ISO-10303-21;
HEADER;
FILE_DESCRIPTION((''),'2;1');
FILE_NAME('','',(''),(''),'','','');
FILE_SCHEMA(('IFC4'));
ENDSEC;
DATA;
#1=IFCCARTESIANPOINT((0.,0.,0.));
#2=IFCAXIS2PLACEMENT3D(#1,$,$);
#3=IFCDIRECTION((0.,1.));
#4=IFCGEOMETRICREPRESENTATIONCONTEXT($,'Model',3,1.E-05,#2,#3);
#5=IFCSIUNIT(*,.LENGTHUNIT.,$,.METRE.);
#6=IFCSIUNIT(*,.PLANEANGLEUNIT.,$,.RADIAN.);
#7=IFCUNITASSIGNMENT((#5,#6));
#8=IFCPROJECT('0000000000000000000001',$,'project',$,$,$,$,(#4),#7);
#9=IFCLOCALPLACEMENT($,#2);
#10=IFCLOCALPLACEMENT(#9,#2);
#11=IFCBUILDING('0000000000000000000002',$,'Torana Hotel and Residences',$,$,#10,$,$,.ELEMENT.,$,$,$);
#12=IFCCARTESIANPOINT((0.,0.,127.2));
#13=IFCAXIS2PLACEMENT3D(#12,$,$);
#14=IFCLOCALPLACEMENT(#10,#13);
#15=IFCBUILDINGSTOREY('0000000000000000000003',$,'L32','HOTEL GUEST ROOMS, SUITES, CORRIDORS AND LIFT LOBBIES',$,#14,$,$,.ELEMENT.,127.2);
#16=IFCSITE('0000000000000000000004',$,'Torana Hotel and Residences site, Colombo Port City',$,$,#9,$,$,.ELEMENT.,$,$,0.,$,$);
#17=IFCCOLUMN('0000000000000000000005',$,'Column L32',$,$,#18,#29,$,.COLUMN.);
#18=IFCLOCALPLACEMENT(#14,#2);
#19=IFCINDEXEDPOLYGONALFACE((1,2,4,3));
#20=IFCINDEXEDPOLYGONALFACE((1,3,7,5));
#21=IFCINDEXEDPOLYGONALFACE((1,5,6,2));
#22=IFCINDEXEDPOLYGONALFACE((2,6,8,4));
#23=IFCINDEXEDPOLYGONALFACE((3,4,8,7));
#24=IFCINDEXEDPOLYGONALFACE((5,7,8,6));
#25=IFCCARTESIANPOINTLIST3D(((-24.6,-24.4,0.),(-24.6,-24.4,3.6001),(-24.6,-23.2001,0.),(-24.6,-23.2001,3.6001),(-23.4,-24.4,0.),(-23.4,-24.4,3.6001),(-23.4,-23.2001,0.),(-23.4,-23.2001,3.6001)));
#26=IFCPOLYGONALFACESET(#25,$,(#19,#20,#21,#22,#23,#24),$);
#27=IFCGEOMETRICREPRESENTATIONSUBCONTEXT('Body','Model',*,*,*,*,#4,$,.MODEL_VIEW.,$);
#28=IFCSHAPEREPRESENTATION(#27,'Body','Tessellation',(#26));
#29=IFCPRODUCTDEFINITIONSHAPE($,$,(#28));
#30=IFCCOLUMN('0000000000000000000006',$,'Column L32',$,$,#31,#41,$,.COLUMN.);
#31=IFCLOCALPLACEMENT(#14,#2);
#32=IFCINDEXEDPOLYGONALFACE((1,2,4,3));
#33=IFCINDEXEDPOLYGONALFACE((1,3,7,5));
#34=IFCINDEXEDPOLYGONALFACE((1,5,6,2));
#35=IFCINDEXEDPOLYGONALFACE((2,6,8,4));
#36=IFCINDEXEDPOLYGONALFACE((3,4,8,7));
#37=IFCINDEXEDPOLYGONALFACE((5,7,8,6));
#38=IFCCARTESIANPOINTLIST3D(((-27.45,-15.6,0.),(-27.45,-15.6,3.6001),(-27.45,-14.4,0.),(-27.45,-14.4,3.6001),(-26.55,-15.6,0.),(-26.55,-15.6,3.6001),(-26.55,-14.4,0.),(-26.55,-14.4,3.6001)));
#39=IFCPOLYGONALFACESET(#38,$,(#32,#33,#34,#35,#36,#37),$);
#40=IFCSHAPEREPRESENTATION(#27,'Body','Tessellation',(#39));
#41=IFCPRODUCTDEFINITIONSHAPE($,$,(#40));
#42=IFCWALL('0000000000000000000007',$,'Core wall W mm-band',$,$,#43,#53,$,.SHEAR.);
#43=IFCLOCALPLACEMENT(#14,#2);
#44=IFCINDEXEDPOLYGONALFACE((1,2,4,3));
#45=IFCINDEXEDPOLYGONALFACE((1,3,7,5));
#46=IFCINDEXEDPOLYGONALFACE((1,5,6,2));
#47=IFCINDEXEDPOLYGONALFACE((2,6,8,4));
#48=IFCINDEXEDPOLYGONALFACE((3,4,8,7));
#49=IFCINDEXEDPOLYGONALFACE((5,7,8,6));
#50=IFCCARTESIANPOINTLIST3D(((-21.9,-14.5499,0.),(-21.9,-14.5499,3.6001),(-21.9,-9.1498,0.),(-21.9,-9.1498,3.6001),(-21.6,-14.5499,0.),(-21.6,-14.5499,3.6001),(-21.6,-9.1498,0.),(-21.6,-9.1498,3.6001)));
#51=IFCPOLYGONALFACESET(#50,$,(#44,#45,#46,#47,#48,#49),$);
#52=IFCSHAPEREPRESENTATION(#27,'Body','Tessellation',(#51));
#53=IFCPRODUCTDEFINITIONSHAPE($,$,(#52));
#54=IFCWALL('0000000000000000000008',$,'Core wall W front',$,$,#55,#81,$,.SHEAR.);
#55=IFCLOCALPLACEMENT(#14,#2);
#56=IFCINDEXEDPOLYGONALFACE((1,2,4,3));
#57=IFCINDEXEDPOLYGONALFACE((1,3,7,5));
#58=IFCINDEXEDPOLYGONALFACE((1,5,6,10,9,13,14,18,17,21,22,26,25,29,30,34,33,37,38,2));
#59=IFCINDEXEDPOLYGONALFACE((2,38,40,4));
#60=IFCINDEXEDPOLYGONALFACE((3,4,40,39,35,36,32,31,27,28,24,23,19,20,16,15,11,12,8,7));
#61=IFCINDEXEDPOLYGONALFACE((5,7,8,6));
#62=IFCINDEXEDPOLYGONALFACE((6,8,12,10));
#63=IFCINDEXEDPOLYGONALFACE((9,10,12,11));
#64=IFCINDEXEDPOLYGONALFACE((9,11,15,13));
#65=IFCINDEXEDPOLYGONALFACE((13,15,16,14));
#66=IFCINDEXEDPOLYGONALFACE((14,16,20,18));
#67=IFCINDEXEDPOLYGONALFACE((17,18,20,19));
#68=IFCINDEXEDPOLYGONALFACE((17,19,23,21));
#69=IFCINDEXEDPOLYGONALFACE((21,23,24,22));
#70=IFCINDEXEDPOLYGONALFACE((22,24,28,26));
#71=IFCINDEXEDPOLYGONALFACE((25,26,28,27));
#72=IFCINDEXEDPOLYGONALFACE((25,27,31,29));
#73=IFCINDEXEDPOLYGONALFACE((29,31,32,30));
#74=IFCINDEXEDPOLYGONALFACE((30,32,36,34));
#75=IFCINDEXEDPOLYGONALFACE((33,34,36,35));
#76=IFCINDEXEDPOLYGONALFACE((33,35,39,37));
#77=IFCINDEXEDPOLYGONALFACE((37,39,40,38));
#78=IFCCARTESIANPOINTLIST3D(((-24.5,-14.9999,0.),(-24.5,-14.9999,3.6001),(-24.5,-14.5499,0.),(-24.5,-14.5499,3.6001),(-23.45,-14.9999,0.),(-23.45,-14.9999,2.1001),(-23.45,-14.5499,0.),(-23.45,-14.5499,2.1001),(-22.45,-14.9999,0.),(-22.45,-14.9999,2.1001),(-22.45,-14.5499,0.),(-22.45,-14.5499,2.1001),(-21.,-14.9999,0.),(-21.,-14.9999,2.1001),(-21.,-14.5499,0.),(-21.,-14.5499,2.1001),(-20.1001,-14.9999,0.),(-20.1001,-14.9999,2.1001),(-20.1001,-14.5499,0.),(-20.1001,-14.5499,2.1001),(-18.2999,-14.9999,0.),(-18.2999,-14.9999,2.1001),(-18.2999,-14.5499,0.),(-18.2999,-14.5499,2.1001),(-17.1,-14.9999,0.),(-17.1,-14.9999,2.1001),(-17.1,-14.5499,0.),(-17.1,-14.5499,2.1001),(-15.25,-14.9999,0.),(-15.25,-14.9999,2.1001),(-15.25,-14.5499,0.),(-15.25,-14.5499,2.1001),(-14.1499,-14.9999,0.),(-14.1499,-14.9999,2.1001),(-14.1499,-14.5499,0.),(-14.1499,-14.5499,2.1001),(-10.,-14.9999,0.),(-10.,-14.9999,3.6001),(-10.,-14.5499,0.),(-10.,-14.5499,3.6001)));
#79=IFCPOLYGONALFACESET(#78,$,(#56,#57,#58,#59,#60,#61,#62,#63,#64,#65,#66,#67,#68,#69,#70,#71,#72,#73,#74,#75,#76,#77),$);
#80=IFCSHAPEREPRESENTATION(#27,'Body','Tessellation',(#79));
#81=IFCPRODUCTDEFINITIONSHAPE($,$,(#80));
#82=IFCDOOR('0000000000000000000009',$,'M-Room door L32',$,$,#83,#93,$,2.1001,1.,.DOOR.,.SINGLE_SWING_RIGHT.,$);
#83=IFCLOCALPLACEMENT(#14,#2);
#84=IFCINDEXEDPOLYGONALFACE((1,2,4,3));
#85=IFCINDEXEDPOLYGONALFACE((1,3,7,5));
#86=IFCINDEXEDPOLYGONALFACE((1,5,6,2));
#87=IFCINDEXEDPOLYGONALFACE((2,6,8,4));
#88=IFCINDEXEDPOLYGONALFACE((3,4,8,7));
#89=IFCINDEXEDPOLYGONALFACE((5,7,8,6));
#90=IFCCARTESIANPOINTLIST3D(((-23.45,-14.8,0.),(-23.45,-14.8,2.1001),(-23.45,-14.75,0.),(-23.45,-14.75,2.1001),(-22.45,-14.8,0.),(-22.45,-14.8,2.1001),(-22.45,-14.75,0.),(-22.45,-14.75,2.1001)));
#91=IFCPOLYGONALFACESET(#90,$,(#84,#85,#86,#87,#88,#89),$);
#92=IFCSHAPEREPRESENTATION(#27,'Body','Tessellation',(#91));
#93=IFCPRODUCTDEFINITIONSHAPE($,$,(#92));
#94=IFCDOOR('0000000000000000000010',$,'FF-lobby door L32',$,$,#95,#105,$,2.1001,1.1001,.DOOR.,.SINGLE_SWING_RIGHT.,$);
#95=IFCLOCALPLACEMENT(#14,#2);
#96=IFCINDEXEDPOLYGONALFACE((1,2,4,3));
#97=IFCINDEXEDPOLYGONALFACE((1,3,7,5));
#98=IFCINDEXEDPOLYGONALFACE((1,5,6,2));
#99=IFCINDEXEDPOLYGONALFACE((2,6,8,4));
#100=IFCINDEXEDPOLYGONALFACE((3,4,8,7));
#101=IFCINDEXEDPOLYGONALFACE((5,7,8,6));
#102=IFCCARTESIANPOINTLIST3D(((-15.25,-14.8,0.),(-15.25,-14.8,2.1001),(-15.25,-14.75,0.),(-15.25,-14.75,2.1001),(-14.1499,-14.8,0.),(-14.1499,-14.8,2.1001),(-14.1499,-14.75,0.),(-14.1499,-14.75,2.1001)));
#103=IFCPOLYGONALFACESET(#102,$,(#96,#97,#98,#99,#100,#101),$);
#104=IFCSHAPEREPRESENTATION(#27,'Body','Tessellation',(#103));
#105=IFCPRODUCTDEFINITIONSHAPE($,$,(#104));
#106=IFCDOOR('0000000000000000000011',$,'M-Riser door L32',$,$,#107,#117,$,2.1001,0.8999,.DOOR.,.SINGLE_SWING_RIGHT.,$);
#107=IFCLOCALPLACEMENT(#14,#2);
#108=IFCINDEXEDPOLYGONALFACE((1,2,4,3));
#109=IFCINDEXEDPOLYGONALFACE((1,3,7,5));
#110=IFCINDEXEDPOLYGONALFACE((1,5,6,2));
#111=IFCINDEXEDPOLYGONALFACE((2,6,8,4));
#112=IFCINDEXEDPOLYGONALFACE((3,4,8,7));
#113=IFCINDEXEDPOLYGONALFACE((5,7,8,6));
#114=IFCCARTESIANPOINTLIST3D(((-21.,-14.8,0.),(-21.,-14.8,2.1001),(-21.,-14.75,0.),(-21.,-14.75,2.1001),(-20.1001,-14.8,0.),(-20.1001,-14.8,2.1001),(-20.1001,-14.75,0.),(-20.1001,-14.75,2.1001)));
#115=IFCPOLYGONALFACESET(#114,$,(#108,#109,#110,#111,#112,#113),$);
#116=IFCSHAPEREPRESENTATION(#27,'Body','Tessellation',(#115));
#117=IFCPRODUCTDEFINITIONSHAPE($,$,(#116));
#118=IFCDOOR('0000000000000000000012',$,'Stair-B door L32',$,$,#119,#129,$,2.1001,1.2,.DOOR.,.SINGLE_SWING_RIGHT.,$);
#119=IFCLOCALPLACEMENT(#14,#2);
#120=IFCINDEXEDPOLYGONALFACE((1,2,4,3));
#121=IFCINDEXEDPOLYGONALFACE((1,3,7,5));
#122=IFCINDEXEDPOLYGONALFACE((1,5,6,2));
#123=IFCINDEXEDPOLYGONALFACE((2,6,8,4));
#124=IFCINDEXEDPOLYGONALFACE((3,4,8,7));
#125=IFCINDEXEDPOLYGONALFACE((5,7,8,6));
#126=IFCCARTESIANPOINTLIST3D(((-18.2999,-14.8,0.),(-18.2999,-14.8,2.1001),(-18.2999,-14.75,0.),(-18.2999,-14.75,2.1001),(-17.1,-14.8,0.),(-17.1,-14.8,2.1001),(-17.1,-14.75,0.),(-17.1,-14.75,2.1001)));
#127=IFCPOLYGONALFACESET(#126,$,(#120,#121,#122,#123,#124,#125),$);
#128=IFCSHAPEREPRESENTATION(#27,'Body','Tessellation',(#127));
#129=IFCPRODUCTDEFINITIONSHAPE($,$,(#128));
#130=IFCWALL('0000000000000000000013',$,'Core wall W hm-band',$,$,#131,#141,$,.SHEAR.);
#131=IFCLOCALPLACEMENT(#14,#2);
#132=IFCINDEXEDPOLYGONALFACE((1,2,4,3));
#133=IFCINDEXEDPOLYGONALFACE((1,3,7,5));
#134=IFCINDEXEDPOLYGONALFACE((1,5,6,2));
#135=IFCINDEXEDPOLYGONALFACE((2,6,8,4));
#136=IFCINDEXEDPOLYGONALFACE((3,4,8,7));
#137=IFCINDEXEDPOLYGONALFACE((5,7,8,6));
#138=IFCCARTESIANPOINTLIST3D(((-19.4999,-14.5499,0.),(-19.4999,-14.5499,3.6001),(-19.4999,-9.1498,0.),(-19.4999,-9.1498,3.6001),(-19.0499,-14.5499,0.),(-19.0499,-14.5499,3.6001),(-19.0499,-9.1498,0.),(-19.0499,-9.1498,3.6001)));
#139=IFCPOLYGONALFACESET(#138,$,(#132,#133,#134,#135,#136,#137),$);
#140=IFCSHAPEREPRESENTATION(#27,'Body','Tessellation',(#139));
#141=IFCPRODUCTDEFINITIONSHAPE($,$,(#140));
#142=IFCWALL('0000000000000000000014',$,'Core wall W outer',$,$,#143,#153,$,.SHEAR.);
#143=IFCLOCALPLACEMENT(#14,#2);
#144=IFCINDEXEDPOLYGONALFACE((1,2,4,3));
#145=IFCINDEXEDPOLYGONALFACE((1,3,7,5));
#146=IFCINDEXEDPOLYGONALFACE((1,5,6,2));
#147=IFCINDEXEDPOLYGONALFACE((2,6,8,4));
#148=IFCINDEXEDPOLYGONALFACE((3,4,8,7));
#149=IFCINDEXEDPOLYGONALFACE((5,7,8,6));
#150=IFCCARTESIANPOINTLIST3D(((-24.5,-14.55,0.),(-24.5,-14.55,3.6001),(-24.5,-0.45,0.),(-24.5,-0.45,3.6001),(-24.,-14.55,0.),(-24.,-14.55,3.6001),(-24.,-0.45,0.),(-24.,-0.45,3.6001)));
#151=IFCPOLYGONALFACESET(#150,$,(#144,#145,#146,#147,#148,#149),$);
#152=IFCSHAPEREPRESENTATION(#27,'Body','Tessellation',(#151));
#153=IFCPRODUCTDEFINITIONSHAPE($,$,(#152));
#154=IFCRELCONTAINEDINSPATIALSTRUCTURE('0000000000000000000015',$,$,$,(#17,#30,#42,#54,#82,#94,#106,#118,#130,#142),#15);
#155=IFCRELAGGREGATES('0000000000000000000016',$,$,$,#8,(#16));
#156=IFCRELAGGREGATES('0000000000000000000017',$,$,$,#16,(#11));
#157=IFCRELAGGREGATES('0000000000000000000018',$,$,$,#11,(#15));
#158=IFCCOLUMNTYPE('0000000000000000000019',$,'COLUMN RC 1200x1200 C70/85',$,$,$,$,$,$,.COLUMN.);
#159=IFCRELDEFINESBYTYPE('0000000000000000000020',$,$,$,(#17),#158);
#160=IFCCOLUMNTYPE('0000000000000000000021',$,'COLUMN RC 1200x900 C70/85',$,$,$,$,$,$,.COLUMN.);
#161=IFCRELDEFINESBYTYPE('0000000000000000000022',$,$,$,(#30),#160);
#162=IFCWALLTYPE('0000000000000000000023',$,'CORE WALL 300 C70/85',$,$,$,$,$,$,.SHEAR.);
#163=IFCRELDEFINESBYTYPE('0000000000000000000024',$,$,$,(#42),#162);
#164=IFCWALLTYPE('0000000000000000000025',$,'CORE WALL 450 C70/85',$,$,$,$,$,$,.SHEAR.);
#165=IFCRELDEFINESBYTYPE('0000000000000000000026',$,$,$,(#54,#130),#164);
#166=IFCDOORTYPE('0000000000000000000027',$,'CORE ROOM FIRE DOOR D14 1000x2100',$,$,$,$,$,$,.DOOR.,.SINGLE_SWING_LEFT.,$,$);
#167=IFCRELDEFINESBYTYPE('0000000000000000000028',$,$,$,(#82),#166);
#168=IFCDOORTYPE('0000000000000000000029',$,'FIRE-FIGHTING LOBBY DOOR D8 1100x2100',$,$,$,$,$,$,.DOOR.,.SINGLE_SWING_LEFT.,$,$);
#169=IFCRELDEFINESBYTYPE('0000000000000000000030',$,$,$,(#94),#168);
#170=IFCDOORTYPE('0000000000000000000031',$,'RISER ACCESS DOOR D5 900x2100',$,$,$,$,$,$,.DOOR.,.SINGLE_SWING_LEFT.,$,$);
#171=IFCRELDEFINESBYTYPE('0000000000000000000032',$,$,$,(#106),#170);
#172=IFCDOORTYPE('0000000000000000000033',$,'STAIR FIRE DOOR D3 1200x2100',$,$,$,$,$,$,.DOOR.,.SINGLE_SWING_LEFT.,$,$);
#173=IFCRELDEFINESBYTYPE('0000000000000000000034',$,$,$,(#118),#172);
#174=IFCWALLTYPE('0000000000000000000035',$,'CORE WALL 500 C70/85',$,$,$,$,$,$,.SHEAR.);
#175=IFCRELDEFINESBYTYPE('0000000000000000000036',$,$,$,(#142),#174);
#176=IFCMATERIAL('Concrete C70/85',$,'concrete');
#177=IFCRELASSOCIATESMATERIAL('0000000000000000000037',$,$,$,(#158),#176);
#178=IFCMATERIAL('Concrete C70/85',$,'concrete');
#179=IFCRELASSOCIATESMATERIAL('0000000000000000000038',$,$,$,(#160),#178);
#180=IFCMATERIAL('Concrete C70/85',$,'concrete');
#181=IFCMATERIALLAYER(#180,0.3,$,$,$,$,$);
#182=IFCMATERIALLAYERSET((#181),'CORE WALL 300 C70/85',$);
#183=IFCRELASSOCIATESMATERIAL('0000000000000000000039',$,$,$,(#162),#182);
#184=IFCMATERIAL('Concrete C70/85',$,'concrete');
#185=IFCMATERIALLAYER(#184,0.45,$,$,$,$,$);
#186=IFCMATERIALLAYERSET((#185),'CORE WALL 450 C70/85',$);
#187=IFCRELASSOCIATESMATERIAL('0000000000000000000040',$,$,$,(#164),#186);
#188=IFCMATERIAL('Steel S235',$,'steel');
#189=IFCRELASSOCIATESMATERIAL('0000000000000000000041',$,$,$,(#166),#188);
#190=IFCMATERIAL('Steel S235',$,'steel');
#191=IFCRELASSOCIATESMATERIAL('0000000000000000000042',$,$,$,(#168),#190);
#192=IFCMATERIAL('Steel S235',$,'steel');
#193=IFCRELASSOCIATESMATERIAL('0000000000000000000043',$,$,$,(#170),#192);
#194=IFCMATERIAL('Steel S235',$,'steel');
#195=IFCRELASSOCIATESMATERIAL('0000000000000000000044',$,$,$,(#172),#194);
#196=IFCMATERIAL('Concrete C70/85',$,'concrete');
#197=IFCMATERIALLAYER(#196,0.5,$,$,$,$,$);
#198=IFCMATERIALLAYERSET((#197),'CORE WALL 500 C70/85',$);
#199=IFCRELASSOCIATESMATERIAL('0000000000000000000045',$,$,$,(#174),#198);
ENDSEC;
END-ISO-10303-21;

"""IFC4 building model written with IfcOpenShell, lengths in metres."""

from ifc_helpers import new_model, si_unit, direction, frame, frame_2d, origin, origin_2d, place, context, subcontext, project, spatial, rectangle, extrude, material, layer, layer_set, material_profile, profile_set, type_object, element, fill, save


model = new_model("IFC4")

# Units and contexts
model_context = context("Model", 3, precision=1e-05, world=origin(), true_north=direction((0.0, 1.0)))
body_context = subcontext(model_context, "Body", "Model", "MODEL_VIEW")
ifc_project = project(units=[si_unit("LENGTHUNIT", "METRE"), si_unit("PLANEANGLEUNIT", "RADIAN")], contexts=[model_context])

# Site, building, storey
site_placement = place(None, origin())
site = spatial("IfcSite", under=ifc_project, at=site_placement, Name="Torana Hotel and Residences site, Colombo Port City", CompositionType="ELEMENT", RefElevation=0.0)
building_placement = place(site_placement, origin())
building = spatial("IfcBuilding", under=site, at=building_placement, Name="Torana Hotel and Residences", CompositionType="ELEMENT")
storey_placement = place(building_placement, frame((0.0, 0.0, 127.2)))
storey = spatial("IfcBuildingStorey", under=building, at=storey_placement, Name="L32", Description="HOTEL GUEST ROOMS, SUITES, CORRIDORS AND LIFT LOBBIES", CompositionType="ELEMENT", Elevation=127.2)

# Columns
ifc_material_1 = material(Name="Concrete C70/85", Category="concrete")
ifc_material_profile_1 = material_profile(ifc_material_1, rectangle(XDim=1.2, YDim=1.2, at=origin_2d()), Name="RC 1200x1200")
ifc_profile_set_1 = profile_set([ifc_material_profile_1], Name="Concrete C70/85")
column_type_1 = type_object("IfcColumnType", Name="COLUMN RC 1200x1200 C70/85", PredefinedType="COLUMN", material=ifc_profile_set_1)
column_1_placement = place(storey_placement, frame((-24.0, -23.8, 0.0), z_axis=(0.0, 0.0, 1.0), x_axis=(1.0, 0.0, 0.0)))
element("IfcColumn", 1, at=column_1_placement, inside=storey, type_object=column_type_1, Name="Column L32", PredefinedType="COLUMN", context=body_context, shape_type="SweptSolid", body=[
    extrude(rectangle(XDim=1.2, YDim=1.2, at=origin_2d()), origin(), (0.0, 0.0, 1.0), 3.6001),
])
ifc_material_2 = material(Name="Concrete C70/85", Category="concrete")
ifc_material_profile_2 = material_profile(ifc_material_2, rectangle(XDim=1.2, YDim=0.8999, at=origin_2d()), Name="RC 1200x900")
ifc_profile_set_2 = profile_set([ifc_material_profile_2], Name="Concrete C70/85")
column_type_2 = type_object("IfcColumnType", Name="COLUMN RC 1200x900 C70/85", PredefinedType="COLUMN", material=ifc_profile_set_2)
column_2_placement = place(storey_placement, frame((-27.0, -15.0, 0.0), z_axis=(0.0, 0.0, 1.0), x_axis=(0.0, 1.0, 0.0)))
element("IfcColumn", 2, at=column_2_placement, inside=storey, type_object=column_type_2, Name="Column L32", PredefinedType="COLUMN", context=body_context, shape_type="SweptSolid", body=[
    extrude(rectangle(XDim=1.2, YDim=0.8999, at=origin_2d()), origin(), (0.0, 0.0, 1.0), 3.6001),
])

# Wall
ifc_material_3 = material(Name="Concrete C70/85", Category="concrete")
ifc_layer_1 = layer(ifc_material_3, 0.3)
ifc_layer_set_1 = layer_set([ifc_layer_1], Name="CORE WALL 300 C70/85")
wall_type_1 = type_object("IfcWallType", Name="CORE WALL 300 C70/85", PredefinedType="SHEAR", material=ifc_layer_set_1)
wall_1_placement = place(storey_placement, frame((-21.75, -14.55, 0.0), z_axis=(0.0, 0.0, 1.0), x_axis=(0.0, 1.0, 0.0)))
element("IfcWall", 3, at=wall_1_placement, inside=storey, type_object=wall_type_1, Name="Core wall W mm-band", PredefinedType="SHEAR", context=body_context, shape_type="SweptSolid", body=[
    extrude(rectangle(XDim=5.4001, YDim=0.3, at=frame_2d((2.7002, 0.0))), origin(), (0.0, 0.0, 1.0), 3.6001),
])

# Wall, openings, doors
ifc_material_4 = material(Name="Concrete C70/85", Category="concrete")
ifc_layer_2 = layer(ifc_material_4, 0.45)
ifc_layer_set_2 = layer_set([ifc_layer_2], Name="CORE WALL 450 C70/85")
wall_type_2 = type_object("IfcWallType", Name="CORE WALL 450 C70/85", PredefinedType="SHEAR", material=ifc_layer_set_2)
wall_2_placement = place(storey_placement, frame((-24.5, -14.7749, 0.0), z_axis=(0.0, 0.0, 1.0), x_axis=(1.0, 0.0, 0.0)))
wall_2 = element("IfcWall", 4, at=wall_2_placement, inside=storey, type_object=wall_type_2, Name="Core wall W front", PredefinedType="SHEAR", context=body_context, shape_type="SweptSolid", body=[
    extrude(rectangle(XDim=14.5, YDim=0.45, at=frame_2d((7.25, 0.0))), origin(), (0.0, 0.0, 1.0), 3.6001),
])
opening_1_placement = place(wall_2_placement, frame((6.2, 0.0, 0.0)))
opening_1 = element("IfcOpeningElement", 5, at=opening_1_placement, cuts=wall_2, PredefinedType="OPENING", context=body_context, shape_type="SweptSolid", body=[
    extrude(rectangle(XDim=1.2, YDim=2.1001, at=frame_2d((0.6001, 1.05))), frame((0.0, 0.2349, 0.0), z_axis=(0.0, -1.0, 0.0), x_axis=(1.0, 0.0, 0.0)), (0.0, 0.0, 1.0), 0.47),
])
opening_2_placement = place(wall_2_placement, frame((9.25, 0.0, 0.0)))
opening_2 = element("IfcOpeningElement", 6, at=opening_2_placement, cuts=wall_2, PredefinedType="OPENING", context=body_context, shape_type="SweptSolid", body=[
    extrude(rectangle(XDim=1.1001, YDim=2.1001, at=frame_2d((0.55, 1.05))), frame((0.0, 0.2349, 0.0), z_axis=(0.0, -1.0, 0.0), x_axis=(1.0, 0.0, 0.0)), (0.0, 0.0, 1.0), 0.47),
])
opening_3_placement = place(wall_2_placement, frame((3.5, 0.0, 0.0)))
opening_3 = element("IfcOpeningElement", 7, at=opening_3_placement, cuts=wall_2, PredefinedType="OPENING", context=body_context, shape_type="SweptSolid", body=[
    extrude(rectangle(XDim=0.8999, YDim=2.1001, at=frame_2d((0.45, 1.05))), frame((0.0, 0.2349, 0.0), z_axis=(0.0, -1.0, 0.0), x_axis=(1.0, 0.0, 0.0)), (0.0, 0.0, 1.0), 0.47),
])
opening_4_placement = place(wall_2_placement, frame((1.05, 0.0, 0.0)))
opening_4 = element("IfcOpeningElement", 8, at=opening_4_placement, cuts=wall_2, PredefinedType="OPENING", context=body_context, shape_type="SweptSolid", body=[
    extrude(rectangle(XDim=1.0, YDim=2.1001, at=frame_2d((0.5, 1.05))), frame((0.0, 0.2349, 0.0), z_axis=(0.0, -1.0, 0.0), x_axis=(1.0, 0.0, 0.0)), (0.0, 0.0, 1.0), 0.47),
])
ifc_material_5 = material(Name="Steel S235", Category="steel")
door_type_1 = type_object("IfcDoorType", Name="CORE ROOM FIRE DOOR D14 1000x2100", OperationType="SINGLE_SWING_LEFT", PredefinedType="DOOR", material=ifc_material_5)
door_1_placement = place(opening_4_placement, origin())
door_1 = element("IfcDoor", 9, at=door_1_placement, inside=storey, type_object=door_type_1, Name="M-Room door L32", OperationType="SINGLE_SWING_RIGHT", OverallHeight=2.1001, OverallWidth=1.0, PredefinedType="DOOR", context=body_context, shape_type="SweptSolid", body=[
    extrude(rectangle(XDim=1.0, YDim=2.1001, at=frame_2d((0.5, 1.05))), frame((0.0, 0.0249, 0.0), z_axis=(0.0, -1.0, 0.0), x_axis=(1.0, 0.0, 0.0)), (0.0, 0.0, 1.0), 0.05),
])
fill(opening_4, door_1)
ifc_material_6 = material(Name="Steel S235", Category="steel")
door_type_2 = type_object("IfcDoorType", Name="FIRE-FIGHTING LOBBY DOOR D8 1100x2100", OperationType="SINGLE_SWING_LEFT", PredefinedType="DOOR", material=ifc_material_6)
door_2_placement = place(opening_2_placement, origin())
door_2 = element("IfcDoor", 10, at=door_2_placement, inside=storey, type_object=door_type_2, Name="FF-lobby door L32", OperationType="SINGLE_SWING_RIGHT", OverallHeight=2.1001, OverallWidth=1.1001, PredefinedType="DOOR", context=body_context, shape_type="SweptSolid", body=[
    extrude(rectangle(XDim=1.1001, YDim=2.1001, at=frame_2d((0.55, 1.05))), frame((0.0, 0.0249, 0.0), z_axis=(0.0, -1.0, 0.0), x_axis=(1.0, 0.0, 0.0)), (0.0, 0.0, 1.0), 0.05),
])
fill(opening_2, door_2)
ifc_material_7 = material(Name="Steel S235", Category="steel")
door_type_3 = type_object("IfcDoorType", Name="RISER ACCESS DOOR D5 900x2100", OperationType="SINGLE_SWING_LEFT", PredefinedType="DOOR", material=ifc_material_7)
door_3_placement = place(opening_3_placement, origin())
door_3 = element("IfcDoor", 11, at=door_3_placement, inside=storey, type_object=door_type_3, Name="M-Riser door L32", OperationType="SINGLE_SWING_RIGHT", OverallHeight=2.1001, OverallWidth=0.8999, PredefinedType="DOOR", context=body_context, shape_type="SweptSolid", body=[
    extrude(rectangle(XDim=0.8999, YDim=2.1001, at=frame_2d((0.45, 1.05))), frame((0.0, 0.0249, 0.0), z_axis=(0.0, -1.0, 0.0), x_axis=(1.0, 0.0, 0.0)), (0.0, 0.0, 1.0), 0.05),
])
fill(opening_3, door_3)
ifc_material_8 = material(Name="Steel S235", Category="steel")
door_type_4 = type_object("IfcDoorType", Name="STAIR FIRE DOOR D3 1200x2100", OperationType="SINGLE_SWING_LEFT", PredefinedType="DOOR", material=ifc_material_8)
door_4_placement = place(opening_1_placement, origin())
door_4 = element("IfcDoor", 12, at=door_4_placement, inside=storey, type_object=door_type_4, Name="Stair-B door L32", OperationType="SINGLE_SWING_RIGHT", OverallHeight=2.1001, OverallWidth=1.2, PredefinedType="DOOR", context=body_context, shape_type="SweptSolid", body=[
    extrude(rectangle(XDim=1.2, YDim=2.1001, at=frame_2d((0.6001, 1.05))), frame((0.0, 0.0249, 0.0), z_axis=(0.0, -1.0, 0.0), x_axis=(1.0, 0.0, 0.0)), (0.0, 0.0, 1.0), 0.05),
])
fill(opening_1, door_4)

# Walls
wall_3_placement = place(storey_placement, frame((-19.2749, -14.55, 0.0), z_axis=(0.0, 0.0, 1.0), x_axis=(0.0, 1.0, 0.0)))
element("IfcWall", 13, at=wall_3_placement, inside=storey, type_object=wall_type_2, Name="Core wall W hm-band", PredefinedType="SHEAR", context=body_context, shape_type="SweptSolid", body=[
    extrude(rectangle(XDim=5.4001, YDim=0.45, at=frame_2d((2.7002, 0.0))), origin(), (0.0, 0.0, 1.0), 3.6001),
])
ifc_material_9 = material(Name="Concrete C70/85", Category="concrete")
ifc_layer_3 = layer(ifc_material_9, 0.5)
ifc_layer_set_3 = layer_set([ifc_layer_3], Name="CORE WALL 500 C70/85")
wall_type_3 = type_object("IfcWallType", Name="CORE WALL 500 C70/85", PredefinedType="SHEAR", material=ifc_layer_set_3)
wall_4_placement = place(storey_placement, frame((-24.25, -14.55, 0.0), z_axis=(0.0, 0.0, 1.0), x_axis=(0.0, 1.0, 0.0)))
element("IfcWall", 14, at=wall_4_placement, inside=storey, type_object=wall_type_3, Name="Core wall W outer", PredefinedType="SHEAR", context=body_context, shape_type="SweptSolid", body=[
    extrude(rectangle(XDim=14.1001, YDim=0.5, at=frame_2d((7.05, 0.0))), origin(), (0.0, 0.0, 1.0), 3.6001),
])

save(model, "model.ifc")
